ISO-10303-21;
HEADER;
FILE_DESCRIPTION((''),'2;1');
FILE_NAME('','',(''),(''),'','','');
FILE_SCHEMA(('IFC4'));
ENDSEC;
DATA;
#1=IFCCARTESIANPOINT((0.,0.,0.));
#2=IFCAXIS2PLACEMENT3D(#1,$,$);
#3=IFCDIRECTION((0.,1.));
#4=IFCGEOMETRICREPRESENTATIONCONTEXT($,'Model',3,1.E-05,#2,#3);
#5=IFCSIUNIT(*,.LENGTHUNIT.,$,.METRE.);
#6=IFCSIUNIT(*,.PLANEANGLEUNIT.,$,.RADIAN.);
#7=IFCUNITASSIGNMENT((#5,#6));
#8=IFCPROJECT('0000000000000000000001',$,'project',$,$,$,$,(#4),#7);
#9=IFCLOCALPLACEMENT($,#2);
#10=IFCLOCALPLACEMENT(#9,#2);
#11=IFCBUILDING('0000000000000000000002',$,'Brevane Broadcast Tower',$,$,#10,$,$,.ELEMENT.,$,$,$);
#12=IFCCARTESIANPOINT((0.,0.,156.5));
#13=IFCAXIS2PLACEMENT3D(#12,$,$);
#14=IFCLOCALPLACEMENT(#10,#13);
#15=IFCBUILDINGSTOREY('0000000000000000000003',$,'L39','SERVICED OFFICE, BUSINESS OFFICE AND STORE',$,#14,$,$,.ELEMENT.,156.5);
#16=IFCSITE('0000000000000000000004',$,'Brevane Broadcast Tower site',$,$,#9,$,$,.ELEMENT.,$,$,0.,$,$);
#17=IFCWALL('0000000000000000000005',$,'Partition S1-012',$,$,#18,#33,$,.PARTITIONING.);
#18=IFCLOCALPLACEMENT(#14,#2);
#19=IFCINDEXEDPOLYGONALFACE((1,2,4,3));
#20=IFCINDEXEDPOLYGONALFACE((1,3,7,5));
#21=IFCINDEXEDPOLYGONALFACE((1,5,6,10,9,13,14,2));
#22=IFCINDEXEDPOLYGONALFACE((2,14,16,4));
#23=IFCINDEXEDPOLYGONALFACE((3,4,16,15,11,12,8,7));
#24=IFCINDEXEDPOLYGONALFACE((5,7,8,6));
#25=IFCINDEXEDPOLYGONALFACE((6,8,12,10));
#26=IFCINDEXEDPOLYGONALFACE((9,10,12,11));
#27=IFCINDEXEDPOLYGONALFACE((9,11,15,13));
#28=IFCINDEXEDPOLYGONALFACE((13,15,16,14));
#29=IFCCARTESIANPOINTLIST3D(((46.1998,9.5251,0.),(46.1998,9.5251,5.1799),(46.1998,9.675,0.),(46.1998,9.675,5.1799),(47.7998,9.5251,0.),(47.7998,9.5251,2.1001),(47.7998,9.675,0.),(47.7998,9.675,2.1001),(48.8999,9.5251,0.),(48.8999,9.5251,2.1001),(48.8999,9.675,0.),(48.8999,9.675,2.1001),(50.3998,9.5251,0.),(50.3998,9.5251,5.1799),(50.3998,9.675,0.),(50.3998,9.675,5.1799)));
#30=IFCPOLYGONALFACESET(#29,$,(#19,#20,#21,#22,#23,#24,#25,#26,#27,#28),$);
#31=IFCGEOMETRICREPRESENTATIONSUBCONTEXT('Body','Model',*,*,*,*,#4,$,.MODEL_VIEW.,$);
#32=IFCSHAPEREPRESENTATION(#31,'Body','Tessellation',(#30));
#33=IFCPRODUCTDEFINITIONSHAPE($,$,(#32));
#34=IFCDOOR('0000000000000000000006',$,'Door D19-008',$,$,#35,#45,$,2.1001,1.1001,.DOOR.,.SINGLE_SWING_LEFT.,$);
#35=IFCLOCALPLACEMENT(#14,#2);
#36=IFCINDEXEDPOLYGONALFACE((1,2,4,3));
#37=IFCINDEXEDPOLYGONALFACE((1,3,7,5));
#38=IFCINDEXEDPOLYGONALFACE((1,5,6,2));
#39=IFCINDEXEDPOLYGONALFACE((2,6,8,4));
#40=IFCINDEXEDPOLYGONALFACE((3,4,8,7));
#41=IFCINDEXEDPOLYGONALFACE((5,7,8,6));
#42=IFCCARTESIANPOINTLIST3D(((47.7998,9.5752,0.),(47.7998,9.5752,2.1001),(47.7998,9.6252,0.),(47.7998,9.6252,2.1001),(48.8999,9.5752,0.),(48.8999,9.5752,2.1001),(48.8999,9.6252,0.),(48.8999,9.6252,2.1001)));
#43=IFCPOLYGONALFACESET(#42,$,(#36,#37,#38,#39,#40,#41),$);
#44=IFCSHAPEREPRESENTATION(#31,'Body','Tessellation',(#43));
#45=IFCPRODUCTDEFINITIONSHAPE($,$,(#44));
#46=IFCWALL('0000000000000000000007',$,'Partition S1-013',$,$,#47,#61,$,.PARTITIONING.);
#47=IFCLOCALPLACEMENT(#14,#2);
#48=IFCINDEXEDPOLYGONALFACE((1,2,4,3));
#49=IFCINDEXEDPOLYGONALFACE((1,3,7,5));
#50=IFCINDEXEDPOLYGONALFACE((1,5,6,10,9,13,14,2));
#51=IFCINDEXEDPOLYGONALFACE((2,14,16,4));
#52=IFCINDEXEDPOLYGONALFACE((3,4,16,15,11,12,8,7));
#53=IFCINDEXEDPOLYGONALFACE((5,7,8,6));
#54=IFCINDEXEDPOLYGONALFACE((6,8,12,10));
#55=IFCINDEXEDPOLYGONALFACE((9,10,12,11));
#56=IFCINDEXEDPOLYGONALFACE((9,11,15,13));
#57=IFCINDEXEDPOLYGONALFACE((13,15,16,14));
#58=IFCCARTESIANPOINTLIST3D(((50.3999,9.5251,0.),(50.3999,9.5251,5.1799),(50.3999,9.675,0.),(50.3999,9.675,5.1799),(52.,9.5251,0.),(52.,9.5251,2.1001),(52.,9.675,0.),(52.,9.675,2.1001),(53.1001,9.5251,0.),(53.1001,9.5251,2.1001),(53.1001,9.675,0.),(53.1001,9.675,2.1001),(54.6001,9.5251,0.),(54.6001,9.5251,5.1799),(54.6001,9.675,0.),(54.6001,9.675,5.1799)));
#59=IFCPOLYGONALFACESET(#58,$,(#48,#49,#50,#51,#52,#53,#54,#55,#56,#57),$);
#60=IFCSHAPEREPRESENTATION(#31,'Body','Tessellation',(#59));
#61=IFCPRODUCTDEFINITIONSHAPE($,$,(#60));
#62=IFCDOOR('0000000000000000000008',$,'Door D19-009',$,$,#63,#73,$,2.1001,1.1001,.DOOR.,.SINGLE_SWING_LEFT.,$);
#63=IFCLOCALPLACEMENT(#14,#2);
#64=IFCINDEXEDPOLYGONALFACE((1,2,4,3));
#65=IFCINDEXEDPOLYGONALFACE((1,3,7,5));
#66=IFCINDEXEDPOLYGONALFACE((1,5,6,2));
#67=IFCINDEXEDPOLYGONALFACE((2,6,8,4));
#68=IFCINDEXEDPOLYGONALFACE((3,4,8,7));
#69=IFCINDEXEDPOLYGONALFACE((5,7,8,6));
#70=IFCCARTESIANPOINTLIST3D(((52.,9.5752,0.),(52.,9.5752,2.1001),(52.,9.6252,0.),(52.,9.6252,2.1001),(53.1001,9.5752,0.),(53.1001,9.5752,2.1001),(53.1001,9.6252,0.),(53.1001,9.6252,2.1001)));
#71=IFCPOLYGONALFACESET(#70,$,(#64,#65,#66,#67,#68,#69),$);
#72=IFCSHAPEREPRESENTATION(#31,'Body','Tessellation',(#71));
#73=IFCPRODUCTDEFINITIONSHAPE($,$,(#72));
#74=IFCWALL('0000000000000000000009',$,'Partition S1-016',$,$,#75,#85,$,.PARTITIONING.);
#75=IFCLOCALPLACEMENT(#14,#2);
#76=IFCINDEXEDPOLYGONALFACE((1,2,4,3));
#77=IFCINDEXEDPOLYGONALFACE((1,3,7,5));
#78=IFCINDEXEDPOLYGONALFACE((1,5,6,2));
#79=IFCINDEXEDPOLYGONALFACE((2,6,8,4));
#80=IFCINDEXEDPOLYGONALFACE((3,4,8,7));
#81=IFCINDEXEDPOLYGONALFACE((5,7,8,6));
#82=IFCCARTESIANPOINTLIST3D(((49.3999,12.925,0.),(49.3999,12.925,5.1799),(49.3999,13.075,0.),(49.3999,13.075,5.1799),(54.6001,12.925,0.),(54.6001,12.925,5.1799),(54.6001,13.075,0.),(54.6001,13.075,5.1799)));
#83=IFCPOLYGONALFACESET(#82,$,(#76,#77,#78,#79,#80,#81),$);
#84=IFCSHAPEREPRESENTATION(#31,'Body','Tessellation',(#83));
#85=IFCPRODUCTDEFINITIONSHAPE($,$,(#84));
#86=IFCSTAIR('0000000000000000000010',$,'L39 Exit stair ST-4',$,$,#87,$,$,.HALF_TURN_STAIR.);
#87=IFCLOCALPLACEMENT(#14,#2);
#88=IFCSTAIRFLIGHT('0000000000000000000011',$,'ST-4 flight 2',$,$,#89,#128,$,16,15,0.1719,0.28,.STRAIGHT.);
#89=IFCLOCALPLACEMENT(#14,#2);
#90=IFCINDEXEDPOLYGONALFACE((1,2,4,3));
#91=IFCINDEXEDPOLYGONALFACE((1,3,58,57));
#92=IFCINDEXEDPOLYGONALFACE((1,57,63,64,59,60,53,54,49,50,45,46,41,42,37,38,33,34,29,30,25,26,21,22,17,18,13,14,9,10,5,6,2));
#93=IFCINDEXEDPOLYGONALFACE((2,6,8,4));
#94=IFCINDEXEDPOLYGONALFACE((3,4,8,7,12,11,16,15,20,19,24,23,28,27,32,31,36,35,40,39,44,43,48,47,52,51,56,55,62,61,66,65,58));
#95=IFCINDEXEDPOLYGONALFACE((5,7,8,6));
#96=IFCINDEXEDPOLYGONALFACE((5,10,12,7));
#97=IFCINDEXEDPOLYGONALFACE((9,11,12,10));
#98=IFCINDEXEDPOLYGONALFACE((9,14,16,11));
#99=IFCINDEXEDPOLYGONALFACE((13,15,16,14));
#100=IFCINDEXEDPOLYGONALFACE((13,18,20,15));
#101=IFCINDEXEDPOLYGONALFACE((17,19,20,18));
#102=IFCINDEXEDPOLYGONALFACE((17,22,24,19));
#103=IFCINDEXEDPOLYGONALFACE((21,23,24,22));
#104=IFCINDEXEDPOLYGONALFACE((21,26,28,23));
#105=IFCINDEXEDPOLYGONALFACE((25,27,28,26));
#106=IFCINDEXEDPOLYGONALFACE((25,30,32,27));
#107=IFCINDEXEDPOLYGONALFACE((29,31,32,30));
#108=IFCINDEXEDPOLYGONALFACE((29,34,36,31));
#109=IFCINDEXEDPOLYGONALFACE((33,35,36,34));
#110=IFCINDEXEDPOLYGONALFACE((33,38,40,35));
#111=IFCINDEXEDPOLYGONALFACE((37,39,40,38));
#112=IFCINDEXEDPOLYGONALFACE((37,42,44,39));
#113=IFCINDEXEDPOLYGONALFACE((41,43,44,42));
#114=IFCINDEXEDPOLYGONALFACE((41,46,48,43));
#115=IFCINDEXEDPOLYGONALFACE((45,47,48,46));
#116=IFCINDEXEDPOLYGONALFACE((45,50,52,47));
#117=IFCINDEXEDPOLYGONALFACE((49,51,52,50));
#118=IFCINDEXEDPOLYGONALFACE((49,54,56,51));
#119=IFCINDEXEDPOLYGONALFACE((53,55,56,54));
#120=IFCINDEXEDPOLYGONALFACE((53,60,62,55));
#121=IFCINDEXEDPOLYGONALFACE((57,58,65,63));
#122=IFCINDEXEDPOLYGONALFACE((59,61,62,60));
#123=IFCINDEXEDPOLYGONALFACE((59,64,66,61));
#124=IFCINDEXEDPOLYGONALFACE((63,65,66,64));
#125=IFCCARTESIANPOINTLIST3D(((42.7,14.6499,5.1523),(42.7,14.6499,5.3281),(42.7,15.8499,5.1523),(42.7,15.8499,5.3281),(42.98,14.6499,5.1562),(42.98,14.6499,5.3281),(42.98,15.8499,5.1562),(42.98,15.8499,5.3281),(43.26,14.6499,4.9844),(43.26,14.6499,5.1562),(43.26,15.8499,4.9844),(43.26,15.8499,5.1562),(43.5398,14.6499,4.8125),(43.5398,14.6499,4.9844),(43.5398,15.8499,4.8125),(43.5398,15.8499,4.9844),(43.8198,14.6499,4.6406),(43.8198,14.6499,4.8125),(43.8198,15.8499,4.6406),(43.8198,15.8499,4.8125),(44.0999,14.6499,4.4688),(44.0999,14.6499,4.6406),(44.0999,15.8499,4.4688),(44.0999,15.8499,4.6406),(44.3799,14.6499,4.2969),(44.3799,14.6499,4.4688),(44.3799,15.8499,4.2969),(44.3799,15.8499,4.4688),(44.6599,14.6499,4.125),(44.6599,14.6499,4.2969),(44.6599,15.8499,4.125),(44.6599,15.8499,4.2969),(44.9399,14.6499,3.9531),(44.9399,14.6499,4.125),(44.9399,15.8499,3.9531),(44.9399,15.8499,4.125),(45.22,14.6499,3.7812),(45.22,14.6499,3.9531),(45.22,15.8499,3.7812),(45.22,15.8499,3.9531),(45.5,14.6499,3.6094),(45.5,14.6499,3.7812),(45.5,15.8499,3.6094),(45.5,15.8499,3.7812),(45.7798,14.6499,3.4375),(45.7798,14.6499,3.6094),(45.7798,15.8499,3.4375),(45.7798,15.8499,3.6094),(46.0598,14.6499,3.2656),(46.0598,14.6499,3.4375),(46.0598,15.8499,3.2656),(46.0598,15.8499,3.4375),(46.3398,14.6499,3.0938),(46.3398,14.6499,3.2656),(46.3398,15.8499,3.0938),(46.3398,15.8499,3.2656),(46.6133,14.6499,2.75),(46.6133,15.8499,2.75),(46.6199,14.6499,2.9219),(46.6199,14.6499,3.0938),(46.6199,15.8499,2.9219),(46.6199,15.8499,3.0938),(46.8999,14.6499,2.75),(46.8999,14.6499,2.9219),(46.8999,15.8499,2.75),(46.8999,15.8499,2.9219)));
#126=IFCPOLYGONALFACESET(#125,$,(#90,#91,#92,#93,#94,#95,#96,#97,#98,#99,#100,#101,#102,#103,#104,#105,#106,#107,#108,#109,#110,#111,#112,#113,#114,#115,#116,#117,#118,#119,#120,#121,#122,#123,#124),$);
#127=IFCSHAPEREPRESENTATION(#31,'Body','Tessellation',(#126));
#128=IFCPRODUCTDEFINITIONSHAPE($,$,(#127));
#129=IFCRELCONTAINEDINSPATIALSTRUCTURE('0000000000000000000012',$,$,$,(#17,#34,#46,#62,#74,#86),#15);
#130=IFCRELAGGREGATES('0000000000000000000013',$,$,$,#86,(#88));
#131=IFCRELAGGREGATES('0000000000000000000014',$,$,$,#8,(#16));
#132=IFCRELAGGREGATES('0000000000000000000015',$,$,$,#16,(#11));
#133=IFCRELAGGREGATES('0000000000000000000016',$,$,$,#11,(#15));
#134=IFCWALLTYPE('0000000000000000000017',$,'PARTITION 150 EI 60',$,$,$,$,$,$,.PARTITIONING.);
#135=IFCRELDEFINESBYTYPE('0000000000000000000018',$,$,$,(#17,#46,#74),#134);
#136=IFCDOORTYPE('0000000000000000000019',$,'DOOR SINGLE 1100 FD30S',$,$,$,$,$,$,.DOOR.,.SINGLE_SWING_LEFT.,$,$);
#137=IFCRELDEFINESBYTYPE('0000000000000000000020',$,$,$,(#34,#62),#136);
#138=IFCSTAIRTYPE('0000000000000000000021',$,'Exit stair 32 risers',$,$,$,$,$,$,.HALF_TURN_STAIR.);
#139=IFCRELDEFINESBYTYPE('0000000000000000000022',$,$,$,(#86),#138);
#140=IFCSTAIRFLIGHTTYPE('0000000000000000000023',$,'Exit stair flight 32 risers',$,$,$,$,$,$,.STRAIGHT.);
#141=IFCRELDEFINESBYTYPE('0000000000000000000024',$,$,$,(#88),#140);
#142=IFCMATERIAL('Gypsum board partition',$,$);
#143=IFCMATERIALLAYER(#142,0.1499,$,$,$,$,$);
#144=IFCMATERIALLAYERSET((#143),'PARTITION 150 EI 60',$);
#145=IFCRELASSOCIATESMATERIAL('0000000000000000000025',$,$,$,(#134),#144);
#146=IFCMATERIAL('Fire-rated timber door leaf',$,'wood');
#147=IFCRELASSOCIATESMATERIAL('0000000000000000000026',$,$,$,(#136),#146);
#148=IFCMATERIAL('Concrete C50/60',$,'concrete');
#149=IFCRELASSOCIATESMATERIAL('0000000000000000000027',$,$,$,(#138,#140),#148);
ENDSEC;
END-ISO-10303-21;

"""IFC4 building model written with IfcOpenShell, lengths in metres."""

from ifc_helpers import new_model, si_unit, direction, frame, frame_2d, origin, place, context, subcontext, project, spatial, polyline, rectangle, outline, extrude, material, layer, layer_set, type_object, element, fill, aggregate, save


model = new_model("IFC4")

# Units and contexts
model_context = context("Model", 3, precision=1e-05, world=origin(), true_north=direction((0.0, 1.0)))
body_context = subcontext(model_context, "Body", "Model", "MODEL_VIEW")
ifc_project = project(units=[si_unit("LENGTHUNIT", "METRE"), si_unit("PLANEANGLEUNIT", "RADIAN")], contexts=[model_context])

# Site, building, storey
site_placement = place(None, origin())
site = spatial("IfcSite", under=ifc_project, at=site_placement, Name="Brevane Broadcast Tower site", CompositionType="ELEMENT", RefElevation=0.0)
building_placement = place(site_placement, origin())
building = spatial("IfcBuilding", under=site, at=building_placement, Name="Brevane Broadcast Tower", CompositionType="ELEMENT")
storey_placement = place(building_placement, frame((0.0, 0.0, 156.5)))
storey = spatial("IfcBuildingStorey", under=building, at=storey_placement, Name="L39", Description="SERVICED OFFICE, BUSINESS OFFICE AND STORE", CompositionType="ELEMENT", Elevation=156.5)

# Shared definitions
ifc_material_1 = material(Name="Gypsum board partition")

# Walls, openings, doors
ifc_layer_1 = layer(ifc_material_1, 0.1499)
ifc_layer_set_1 = layer_set([ifc_layer_1], Name="PARTITION 150 EI 60")
wall_type_1 = type_object("IfcWallType", Name="PARTITION 150 EI 60", PredefinedType="PARTITIONING", material=ifc_layer_set_1)
ifc_material_2 = material(Name="Fire-rated timber door leaf", Category="wood")
wall_1_placement = place(storey_placement, frame((50.3999, 9.6001, 0.0), z_axis=(0.0, 0.0, 1.0), x_axis=(-1.0, 0.0, 0.0)))
wall_1 = element("IfcWall", 1, at=wall_1_placement, inside=storey, type_object=wall_type_1, Name="Partition S1-012", PredefinedType="PARTITIONING", context=body_context, shape_type="SweptSolid", body=[
    extrude(rectangle(XDim=4.2, YDim=0.1499, at=frame_2d((2.1001, 0.0))), origin(), (0.0, 0.0, 1.0), 5.1799),
])
opening_1_placement = place(wall_1_placement, frame((1.5, 0.0, 0.0)))
opening_1 = element("IfcOpeningElement", 2, at=opening_1_placement, cuts=wall_1, PredefinedType="OPENING", context=body_context, shape_type="SweptSolid", body=[
    extrude(rectangle(XDim=1.1001, YDim=2.1001, at=frame_2d((0.55, 1.05))), frame((0.0, 0.085, 0.0), z_axis=(0.0, -1.0, 0.0), x_axis=(1.0, 0.0, 0.0)), (0.0, 0.0, 1.0), 0.1699),
])
door_type_1 = type_object("IfcDoorType", Name="DOOR SINGLE 1100 FD30S", OperationType="SINGLE_SWING_LEFT", PredefinedType="DOOR", material=ifc_material_2)
door_1_placement = place(opening_1_placement, origin())
door_1 = element("IfcDoor", 3, at=door_1_placement, inside=storey, type_object=door_type_1, Name="Door D19-008", OperationType="SINGLE_SWING_LEFT", OverallHeight=2.1001, OverallWidth=1.1001, PredefinedType="DOOR", context=body_context, shape_type="SweptSolid", body=[
    extrude(rectangle(XDim=1.1001, YDim=2.1001, at=frame_2d((0.55, 1.05))), frame((0.0, 0.0249, 0.0), z_axis=(0.0, -1.0, 0.0), x_axis=(1.0, 0.0, 0.0)), (0.0, 0.0, 1.0), 0.05),
])
fill(opening_1, door_1)
wall_2_placement = place(storey_placement, frame((54.6001, 9.6001, 0.0), z_axis=(0.0, 0.0, 1.0), x_axis=(-1.0, 0.0, 0.0)))
wall_2 = element("IfcWall", 4, at=wall_2_placement, inside=storey, type_object=wall_type_1, Name="Partition S1-013", PredefinedType="PARTITIONING", context=body_context, shape_type="SweptSolid", body=[
    extrude(rectangle(XDim=4.2002, YDim=0.1499, at=frame_2d((2.1001, 0.0))), origin(), (0.0, 0.0, 1.0), 5.1799),
])
opening_2_placement = place(wall_2_placement, frame((1.5, 0.0, 0.0)))
opening_2 = element("IfcOpeningElement", 5, at=opening_2_placement, cuts=wall_2, PredefinedType="OPENING", context=body_context, shape_type="SweptSolid", body=[
    extrude(rectangle(XDim=1.1001, YDim=2.1001, at=frame_2d((0.55, 1.05))), frame((0.0, 0.085, 0.0), z_axis=(0.0, -1.0, 0.0), x_axis=(1.0, 0.0, 0.0)), (0.0, 0.0, 1.0), 0.1699),
])
door_2_placement = place(opening_2_placement, origin())
door_2 = element("IfcDoor", 6, at=door_2_placement, inside=storey, type_object=door_type_1, Name="Door D19-009", OperationType="SINGLE_SWING_LEFT", OverallHeight=2.1001, OverallWidth=1.1001, PredefinedType="DOOR", context=body_context, shape_type="SweptSolid", body=[
    extrude(rectangle(XDim=1.1001, YDim=2.1001, at=frame_2d((0.55, 1.05))), frame((0.0, 0.0249, 0.0), z_axis=(0.0, -1.0, 0.0), x_axis=(1.0, 0.0, 0.0)), (0.0, 0.0, 1.0), 0.05),
])
fill(opening_2, door_2)

# Wall
wall_3_placement = place(storey_placement, frame((49.3999, 13.0, 0.0), z_axis=(0.0, 0.0, 1.0), x_axis=(1.0, 0.0, 0.0)))
element("IfcWall", 7, at=wall_3_placement, inside=storey, type_object=wall_type_1, Name="Partition S1-016", PredefinedType="PARTITIONING", context=body_context, shape_type="SweptSolid", body=[
    extrude(rectangle(XDim=5.2002, YDim=0.1499, at=frame_2d((2.6001, 0.0))), origin(), (0.0, 0.0, 1.0), 5.1799),
])

# Stair, stair flight
ifc_material_3 = material(Name="Concrete C50/60", Category="concrete")
stair_type = type_object("IfcStairType", Name="Exit stair 32 risers", PredefinedType="HALF_TURN_STAIR", material=ifc_material_3)
stair_placement = place(storey_placement, origin())
stair = element("IfcStair", 8, at=stair_placement, inside=storey, type_object=stair_type, Name="L39 Exit stair ST-4", PredefinedType="HALF_TURN_STAIR")
stair_flight_type = type_object("IfcStairFlightType", Name="Exit stair flight 32 risers", PredefinedType="STRAIGHT", material=ifc_material_3)
stair_flight_placement = place(storey_placement, frame((46.8999, 15.25, 2.75), z_axis=(0.0, 0.0, 1.0), x_axis=(-1.0, 0.0, 0.0)))
stair_flight = element("IfcStairFlight", 9, at=stair_flight_placement, type_object=stair_flight_type, Name="ST-4 flight 2", NumberOfRisers=16, NumberOfTreads=15, PredefinedType="STRAIGHT", RiserHeight=0.1719, TreadLength=0.28, context=body_context, shape_type="SweptSolid", body=[
    extrude(outline(polyline([(0.0, 0.0), (0.0, 0.1719), (0.28, 0.1719), (0.28, 0.3438), (0.5601, 0.3438), (0.5601, 0.5156), (0.8401, 0.5156), (0.8401, 0.6875), (1.1201, 0.6875), (1.1201, 0.8594), (1.3999, 0.8594), (1.3999, 1.0312), (1.6799, 1.0312), (1.6799, 1.2031), (1.96, 1.2031), (1.96, 1.375), (2.24, 1.375), (2.24, 1.5469), (2.52, 1.5469), (2.52, 1.7188), (2.8, 1.7188), (2.8, 1.8906), (3.0801, 1.8906), (3.0801, 2.0625), (3.3601, 2.0625), (3.3601, 2.2344), (3.6399, 2.2344), (3.6399, 2.4062), (3.9199, 2.4062), (3.9199, 2.5781), (4.2, 2.5781), (4.2, 2.75), (4.2, 2.4023), (0.2866, 0.0), (0.0, 0.0)])), frame((0.0, 0.6001, 0.0), z_axis=(0.0, -1.0, 0.0), x_axis=(1.0, 0.0, 0.0)), (0.0, 0.0, 1.0), 1.2),
])
aggregate(stair, [stair_flight])

save(model, "model.ifc")
